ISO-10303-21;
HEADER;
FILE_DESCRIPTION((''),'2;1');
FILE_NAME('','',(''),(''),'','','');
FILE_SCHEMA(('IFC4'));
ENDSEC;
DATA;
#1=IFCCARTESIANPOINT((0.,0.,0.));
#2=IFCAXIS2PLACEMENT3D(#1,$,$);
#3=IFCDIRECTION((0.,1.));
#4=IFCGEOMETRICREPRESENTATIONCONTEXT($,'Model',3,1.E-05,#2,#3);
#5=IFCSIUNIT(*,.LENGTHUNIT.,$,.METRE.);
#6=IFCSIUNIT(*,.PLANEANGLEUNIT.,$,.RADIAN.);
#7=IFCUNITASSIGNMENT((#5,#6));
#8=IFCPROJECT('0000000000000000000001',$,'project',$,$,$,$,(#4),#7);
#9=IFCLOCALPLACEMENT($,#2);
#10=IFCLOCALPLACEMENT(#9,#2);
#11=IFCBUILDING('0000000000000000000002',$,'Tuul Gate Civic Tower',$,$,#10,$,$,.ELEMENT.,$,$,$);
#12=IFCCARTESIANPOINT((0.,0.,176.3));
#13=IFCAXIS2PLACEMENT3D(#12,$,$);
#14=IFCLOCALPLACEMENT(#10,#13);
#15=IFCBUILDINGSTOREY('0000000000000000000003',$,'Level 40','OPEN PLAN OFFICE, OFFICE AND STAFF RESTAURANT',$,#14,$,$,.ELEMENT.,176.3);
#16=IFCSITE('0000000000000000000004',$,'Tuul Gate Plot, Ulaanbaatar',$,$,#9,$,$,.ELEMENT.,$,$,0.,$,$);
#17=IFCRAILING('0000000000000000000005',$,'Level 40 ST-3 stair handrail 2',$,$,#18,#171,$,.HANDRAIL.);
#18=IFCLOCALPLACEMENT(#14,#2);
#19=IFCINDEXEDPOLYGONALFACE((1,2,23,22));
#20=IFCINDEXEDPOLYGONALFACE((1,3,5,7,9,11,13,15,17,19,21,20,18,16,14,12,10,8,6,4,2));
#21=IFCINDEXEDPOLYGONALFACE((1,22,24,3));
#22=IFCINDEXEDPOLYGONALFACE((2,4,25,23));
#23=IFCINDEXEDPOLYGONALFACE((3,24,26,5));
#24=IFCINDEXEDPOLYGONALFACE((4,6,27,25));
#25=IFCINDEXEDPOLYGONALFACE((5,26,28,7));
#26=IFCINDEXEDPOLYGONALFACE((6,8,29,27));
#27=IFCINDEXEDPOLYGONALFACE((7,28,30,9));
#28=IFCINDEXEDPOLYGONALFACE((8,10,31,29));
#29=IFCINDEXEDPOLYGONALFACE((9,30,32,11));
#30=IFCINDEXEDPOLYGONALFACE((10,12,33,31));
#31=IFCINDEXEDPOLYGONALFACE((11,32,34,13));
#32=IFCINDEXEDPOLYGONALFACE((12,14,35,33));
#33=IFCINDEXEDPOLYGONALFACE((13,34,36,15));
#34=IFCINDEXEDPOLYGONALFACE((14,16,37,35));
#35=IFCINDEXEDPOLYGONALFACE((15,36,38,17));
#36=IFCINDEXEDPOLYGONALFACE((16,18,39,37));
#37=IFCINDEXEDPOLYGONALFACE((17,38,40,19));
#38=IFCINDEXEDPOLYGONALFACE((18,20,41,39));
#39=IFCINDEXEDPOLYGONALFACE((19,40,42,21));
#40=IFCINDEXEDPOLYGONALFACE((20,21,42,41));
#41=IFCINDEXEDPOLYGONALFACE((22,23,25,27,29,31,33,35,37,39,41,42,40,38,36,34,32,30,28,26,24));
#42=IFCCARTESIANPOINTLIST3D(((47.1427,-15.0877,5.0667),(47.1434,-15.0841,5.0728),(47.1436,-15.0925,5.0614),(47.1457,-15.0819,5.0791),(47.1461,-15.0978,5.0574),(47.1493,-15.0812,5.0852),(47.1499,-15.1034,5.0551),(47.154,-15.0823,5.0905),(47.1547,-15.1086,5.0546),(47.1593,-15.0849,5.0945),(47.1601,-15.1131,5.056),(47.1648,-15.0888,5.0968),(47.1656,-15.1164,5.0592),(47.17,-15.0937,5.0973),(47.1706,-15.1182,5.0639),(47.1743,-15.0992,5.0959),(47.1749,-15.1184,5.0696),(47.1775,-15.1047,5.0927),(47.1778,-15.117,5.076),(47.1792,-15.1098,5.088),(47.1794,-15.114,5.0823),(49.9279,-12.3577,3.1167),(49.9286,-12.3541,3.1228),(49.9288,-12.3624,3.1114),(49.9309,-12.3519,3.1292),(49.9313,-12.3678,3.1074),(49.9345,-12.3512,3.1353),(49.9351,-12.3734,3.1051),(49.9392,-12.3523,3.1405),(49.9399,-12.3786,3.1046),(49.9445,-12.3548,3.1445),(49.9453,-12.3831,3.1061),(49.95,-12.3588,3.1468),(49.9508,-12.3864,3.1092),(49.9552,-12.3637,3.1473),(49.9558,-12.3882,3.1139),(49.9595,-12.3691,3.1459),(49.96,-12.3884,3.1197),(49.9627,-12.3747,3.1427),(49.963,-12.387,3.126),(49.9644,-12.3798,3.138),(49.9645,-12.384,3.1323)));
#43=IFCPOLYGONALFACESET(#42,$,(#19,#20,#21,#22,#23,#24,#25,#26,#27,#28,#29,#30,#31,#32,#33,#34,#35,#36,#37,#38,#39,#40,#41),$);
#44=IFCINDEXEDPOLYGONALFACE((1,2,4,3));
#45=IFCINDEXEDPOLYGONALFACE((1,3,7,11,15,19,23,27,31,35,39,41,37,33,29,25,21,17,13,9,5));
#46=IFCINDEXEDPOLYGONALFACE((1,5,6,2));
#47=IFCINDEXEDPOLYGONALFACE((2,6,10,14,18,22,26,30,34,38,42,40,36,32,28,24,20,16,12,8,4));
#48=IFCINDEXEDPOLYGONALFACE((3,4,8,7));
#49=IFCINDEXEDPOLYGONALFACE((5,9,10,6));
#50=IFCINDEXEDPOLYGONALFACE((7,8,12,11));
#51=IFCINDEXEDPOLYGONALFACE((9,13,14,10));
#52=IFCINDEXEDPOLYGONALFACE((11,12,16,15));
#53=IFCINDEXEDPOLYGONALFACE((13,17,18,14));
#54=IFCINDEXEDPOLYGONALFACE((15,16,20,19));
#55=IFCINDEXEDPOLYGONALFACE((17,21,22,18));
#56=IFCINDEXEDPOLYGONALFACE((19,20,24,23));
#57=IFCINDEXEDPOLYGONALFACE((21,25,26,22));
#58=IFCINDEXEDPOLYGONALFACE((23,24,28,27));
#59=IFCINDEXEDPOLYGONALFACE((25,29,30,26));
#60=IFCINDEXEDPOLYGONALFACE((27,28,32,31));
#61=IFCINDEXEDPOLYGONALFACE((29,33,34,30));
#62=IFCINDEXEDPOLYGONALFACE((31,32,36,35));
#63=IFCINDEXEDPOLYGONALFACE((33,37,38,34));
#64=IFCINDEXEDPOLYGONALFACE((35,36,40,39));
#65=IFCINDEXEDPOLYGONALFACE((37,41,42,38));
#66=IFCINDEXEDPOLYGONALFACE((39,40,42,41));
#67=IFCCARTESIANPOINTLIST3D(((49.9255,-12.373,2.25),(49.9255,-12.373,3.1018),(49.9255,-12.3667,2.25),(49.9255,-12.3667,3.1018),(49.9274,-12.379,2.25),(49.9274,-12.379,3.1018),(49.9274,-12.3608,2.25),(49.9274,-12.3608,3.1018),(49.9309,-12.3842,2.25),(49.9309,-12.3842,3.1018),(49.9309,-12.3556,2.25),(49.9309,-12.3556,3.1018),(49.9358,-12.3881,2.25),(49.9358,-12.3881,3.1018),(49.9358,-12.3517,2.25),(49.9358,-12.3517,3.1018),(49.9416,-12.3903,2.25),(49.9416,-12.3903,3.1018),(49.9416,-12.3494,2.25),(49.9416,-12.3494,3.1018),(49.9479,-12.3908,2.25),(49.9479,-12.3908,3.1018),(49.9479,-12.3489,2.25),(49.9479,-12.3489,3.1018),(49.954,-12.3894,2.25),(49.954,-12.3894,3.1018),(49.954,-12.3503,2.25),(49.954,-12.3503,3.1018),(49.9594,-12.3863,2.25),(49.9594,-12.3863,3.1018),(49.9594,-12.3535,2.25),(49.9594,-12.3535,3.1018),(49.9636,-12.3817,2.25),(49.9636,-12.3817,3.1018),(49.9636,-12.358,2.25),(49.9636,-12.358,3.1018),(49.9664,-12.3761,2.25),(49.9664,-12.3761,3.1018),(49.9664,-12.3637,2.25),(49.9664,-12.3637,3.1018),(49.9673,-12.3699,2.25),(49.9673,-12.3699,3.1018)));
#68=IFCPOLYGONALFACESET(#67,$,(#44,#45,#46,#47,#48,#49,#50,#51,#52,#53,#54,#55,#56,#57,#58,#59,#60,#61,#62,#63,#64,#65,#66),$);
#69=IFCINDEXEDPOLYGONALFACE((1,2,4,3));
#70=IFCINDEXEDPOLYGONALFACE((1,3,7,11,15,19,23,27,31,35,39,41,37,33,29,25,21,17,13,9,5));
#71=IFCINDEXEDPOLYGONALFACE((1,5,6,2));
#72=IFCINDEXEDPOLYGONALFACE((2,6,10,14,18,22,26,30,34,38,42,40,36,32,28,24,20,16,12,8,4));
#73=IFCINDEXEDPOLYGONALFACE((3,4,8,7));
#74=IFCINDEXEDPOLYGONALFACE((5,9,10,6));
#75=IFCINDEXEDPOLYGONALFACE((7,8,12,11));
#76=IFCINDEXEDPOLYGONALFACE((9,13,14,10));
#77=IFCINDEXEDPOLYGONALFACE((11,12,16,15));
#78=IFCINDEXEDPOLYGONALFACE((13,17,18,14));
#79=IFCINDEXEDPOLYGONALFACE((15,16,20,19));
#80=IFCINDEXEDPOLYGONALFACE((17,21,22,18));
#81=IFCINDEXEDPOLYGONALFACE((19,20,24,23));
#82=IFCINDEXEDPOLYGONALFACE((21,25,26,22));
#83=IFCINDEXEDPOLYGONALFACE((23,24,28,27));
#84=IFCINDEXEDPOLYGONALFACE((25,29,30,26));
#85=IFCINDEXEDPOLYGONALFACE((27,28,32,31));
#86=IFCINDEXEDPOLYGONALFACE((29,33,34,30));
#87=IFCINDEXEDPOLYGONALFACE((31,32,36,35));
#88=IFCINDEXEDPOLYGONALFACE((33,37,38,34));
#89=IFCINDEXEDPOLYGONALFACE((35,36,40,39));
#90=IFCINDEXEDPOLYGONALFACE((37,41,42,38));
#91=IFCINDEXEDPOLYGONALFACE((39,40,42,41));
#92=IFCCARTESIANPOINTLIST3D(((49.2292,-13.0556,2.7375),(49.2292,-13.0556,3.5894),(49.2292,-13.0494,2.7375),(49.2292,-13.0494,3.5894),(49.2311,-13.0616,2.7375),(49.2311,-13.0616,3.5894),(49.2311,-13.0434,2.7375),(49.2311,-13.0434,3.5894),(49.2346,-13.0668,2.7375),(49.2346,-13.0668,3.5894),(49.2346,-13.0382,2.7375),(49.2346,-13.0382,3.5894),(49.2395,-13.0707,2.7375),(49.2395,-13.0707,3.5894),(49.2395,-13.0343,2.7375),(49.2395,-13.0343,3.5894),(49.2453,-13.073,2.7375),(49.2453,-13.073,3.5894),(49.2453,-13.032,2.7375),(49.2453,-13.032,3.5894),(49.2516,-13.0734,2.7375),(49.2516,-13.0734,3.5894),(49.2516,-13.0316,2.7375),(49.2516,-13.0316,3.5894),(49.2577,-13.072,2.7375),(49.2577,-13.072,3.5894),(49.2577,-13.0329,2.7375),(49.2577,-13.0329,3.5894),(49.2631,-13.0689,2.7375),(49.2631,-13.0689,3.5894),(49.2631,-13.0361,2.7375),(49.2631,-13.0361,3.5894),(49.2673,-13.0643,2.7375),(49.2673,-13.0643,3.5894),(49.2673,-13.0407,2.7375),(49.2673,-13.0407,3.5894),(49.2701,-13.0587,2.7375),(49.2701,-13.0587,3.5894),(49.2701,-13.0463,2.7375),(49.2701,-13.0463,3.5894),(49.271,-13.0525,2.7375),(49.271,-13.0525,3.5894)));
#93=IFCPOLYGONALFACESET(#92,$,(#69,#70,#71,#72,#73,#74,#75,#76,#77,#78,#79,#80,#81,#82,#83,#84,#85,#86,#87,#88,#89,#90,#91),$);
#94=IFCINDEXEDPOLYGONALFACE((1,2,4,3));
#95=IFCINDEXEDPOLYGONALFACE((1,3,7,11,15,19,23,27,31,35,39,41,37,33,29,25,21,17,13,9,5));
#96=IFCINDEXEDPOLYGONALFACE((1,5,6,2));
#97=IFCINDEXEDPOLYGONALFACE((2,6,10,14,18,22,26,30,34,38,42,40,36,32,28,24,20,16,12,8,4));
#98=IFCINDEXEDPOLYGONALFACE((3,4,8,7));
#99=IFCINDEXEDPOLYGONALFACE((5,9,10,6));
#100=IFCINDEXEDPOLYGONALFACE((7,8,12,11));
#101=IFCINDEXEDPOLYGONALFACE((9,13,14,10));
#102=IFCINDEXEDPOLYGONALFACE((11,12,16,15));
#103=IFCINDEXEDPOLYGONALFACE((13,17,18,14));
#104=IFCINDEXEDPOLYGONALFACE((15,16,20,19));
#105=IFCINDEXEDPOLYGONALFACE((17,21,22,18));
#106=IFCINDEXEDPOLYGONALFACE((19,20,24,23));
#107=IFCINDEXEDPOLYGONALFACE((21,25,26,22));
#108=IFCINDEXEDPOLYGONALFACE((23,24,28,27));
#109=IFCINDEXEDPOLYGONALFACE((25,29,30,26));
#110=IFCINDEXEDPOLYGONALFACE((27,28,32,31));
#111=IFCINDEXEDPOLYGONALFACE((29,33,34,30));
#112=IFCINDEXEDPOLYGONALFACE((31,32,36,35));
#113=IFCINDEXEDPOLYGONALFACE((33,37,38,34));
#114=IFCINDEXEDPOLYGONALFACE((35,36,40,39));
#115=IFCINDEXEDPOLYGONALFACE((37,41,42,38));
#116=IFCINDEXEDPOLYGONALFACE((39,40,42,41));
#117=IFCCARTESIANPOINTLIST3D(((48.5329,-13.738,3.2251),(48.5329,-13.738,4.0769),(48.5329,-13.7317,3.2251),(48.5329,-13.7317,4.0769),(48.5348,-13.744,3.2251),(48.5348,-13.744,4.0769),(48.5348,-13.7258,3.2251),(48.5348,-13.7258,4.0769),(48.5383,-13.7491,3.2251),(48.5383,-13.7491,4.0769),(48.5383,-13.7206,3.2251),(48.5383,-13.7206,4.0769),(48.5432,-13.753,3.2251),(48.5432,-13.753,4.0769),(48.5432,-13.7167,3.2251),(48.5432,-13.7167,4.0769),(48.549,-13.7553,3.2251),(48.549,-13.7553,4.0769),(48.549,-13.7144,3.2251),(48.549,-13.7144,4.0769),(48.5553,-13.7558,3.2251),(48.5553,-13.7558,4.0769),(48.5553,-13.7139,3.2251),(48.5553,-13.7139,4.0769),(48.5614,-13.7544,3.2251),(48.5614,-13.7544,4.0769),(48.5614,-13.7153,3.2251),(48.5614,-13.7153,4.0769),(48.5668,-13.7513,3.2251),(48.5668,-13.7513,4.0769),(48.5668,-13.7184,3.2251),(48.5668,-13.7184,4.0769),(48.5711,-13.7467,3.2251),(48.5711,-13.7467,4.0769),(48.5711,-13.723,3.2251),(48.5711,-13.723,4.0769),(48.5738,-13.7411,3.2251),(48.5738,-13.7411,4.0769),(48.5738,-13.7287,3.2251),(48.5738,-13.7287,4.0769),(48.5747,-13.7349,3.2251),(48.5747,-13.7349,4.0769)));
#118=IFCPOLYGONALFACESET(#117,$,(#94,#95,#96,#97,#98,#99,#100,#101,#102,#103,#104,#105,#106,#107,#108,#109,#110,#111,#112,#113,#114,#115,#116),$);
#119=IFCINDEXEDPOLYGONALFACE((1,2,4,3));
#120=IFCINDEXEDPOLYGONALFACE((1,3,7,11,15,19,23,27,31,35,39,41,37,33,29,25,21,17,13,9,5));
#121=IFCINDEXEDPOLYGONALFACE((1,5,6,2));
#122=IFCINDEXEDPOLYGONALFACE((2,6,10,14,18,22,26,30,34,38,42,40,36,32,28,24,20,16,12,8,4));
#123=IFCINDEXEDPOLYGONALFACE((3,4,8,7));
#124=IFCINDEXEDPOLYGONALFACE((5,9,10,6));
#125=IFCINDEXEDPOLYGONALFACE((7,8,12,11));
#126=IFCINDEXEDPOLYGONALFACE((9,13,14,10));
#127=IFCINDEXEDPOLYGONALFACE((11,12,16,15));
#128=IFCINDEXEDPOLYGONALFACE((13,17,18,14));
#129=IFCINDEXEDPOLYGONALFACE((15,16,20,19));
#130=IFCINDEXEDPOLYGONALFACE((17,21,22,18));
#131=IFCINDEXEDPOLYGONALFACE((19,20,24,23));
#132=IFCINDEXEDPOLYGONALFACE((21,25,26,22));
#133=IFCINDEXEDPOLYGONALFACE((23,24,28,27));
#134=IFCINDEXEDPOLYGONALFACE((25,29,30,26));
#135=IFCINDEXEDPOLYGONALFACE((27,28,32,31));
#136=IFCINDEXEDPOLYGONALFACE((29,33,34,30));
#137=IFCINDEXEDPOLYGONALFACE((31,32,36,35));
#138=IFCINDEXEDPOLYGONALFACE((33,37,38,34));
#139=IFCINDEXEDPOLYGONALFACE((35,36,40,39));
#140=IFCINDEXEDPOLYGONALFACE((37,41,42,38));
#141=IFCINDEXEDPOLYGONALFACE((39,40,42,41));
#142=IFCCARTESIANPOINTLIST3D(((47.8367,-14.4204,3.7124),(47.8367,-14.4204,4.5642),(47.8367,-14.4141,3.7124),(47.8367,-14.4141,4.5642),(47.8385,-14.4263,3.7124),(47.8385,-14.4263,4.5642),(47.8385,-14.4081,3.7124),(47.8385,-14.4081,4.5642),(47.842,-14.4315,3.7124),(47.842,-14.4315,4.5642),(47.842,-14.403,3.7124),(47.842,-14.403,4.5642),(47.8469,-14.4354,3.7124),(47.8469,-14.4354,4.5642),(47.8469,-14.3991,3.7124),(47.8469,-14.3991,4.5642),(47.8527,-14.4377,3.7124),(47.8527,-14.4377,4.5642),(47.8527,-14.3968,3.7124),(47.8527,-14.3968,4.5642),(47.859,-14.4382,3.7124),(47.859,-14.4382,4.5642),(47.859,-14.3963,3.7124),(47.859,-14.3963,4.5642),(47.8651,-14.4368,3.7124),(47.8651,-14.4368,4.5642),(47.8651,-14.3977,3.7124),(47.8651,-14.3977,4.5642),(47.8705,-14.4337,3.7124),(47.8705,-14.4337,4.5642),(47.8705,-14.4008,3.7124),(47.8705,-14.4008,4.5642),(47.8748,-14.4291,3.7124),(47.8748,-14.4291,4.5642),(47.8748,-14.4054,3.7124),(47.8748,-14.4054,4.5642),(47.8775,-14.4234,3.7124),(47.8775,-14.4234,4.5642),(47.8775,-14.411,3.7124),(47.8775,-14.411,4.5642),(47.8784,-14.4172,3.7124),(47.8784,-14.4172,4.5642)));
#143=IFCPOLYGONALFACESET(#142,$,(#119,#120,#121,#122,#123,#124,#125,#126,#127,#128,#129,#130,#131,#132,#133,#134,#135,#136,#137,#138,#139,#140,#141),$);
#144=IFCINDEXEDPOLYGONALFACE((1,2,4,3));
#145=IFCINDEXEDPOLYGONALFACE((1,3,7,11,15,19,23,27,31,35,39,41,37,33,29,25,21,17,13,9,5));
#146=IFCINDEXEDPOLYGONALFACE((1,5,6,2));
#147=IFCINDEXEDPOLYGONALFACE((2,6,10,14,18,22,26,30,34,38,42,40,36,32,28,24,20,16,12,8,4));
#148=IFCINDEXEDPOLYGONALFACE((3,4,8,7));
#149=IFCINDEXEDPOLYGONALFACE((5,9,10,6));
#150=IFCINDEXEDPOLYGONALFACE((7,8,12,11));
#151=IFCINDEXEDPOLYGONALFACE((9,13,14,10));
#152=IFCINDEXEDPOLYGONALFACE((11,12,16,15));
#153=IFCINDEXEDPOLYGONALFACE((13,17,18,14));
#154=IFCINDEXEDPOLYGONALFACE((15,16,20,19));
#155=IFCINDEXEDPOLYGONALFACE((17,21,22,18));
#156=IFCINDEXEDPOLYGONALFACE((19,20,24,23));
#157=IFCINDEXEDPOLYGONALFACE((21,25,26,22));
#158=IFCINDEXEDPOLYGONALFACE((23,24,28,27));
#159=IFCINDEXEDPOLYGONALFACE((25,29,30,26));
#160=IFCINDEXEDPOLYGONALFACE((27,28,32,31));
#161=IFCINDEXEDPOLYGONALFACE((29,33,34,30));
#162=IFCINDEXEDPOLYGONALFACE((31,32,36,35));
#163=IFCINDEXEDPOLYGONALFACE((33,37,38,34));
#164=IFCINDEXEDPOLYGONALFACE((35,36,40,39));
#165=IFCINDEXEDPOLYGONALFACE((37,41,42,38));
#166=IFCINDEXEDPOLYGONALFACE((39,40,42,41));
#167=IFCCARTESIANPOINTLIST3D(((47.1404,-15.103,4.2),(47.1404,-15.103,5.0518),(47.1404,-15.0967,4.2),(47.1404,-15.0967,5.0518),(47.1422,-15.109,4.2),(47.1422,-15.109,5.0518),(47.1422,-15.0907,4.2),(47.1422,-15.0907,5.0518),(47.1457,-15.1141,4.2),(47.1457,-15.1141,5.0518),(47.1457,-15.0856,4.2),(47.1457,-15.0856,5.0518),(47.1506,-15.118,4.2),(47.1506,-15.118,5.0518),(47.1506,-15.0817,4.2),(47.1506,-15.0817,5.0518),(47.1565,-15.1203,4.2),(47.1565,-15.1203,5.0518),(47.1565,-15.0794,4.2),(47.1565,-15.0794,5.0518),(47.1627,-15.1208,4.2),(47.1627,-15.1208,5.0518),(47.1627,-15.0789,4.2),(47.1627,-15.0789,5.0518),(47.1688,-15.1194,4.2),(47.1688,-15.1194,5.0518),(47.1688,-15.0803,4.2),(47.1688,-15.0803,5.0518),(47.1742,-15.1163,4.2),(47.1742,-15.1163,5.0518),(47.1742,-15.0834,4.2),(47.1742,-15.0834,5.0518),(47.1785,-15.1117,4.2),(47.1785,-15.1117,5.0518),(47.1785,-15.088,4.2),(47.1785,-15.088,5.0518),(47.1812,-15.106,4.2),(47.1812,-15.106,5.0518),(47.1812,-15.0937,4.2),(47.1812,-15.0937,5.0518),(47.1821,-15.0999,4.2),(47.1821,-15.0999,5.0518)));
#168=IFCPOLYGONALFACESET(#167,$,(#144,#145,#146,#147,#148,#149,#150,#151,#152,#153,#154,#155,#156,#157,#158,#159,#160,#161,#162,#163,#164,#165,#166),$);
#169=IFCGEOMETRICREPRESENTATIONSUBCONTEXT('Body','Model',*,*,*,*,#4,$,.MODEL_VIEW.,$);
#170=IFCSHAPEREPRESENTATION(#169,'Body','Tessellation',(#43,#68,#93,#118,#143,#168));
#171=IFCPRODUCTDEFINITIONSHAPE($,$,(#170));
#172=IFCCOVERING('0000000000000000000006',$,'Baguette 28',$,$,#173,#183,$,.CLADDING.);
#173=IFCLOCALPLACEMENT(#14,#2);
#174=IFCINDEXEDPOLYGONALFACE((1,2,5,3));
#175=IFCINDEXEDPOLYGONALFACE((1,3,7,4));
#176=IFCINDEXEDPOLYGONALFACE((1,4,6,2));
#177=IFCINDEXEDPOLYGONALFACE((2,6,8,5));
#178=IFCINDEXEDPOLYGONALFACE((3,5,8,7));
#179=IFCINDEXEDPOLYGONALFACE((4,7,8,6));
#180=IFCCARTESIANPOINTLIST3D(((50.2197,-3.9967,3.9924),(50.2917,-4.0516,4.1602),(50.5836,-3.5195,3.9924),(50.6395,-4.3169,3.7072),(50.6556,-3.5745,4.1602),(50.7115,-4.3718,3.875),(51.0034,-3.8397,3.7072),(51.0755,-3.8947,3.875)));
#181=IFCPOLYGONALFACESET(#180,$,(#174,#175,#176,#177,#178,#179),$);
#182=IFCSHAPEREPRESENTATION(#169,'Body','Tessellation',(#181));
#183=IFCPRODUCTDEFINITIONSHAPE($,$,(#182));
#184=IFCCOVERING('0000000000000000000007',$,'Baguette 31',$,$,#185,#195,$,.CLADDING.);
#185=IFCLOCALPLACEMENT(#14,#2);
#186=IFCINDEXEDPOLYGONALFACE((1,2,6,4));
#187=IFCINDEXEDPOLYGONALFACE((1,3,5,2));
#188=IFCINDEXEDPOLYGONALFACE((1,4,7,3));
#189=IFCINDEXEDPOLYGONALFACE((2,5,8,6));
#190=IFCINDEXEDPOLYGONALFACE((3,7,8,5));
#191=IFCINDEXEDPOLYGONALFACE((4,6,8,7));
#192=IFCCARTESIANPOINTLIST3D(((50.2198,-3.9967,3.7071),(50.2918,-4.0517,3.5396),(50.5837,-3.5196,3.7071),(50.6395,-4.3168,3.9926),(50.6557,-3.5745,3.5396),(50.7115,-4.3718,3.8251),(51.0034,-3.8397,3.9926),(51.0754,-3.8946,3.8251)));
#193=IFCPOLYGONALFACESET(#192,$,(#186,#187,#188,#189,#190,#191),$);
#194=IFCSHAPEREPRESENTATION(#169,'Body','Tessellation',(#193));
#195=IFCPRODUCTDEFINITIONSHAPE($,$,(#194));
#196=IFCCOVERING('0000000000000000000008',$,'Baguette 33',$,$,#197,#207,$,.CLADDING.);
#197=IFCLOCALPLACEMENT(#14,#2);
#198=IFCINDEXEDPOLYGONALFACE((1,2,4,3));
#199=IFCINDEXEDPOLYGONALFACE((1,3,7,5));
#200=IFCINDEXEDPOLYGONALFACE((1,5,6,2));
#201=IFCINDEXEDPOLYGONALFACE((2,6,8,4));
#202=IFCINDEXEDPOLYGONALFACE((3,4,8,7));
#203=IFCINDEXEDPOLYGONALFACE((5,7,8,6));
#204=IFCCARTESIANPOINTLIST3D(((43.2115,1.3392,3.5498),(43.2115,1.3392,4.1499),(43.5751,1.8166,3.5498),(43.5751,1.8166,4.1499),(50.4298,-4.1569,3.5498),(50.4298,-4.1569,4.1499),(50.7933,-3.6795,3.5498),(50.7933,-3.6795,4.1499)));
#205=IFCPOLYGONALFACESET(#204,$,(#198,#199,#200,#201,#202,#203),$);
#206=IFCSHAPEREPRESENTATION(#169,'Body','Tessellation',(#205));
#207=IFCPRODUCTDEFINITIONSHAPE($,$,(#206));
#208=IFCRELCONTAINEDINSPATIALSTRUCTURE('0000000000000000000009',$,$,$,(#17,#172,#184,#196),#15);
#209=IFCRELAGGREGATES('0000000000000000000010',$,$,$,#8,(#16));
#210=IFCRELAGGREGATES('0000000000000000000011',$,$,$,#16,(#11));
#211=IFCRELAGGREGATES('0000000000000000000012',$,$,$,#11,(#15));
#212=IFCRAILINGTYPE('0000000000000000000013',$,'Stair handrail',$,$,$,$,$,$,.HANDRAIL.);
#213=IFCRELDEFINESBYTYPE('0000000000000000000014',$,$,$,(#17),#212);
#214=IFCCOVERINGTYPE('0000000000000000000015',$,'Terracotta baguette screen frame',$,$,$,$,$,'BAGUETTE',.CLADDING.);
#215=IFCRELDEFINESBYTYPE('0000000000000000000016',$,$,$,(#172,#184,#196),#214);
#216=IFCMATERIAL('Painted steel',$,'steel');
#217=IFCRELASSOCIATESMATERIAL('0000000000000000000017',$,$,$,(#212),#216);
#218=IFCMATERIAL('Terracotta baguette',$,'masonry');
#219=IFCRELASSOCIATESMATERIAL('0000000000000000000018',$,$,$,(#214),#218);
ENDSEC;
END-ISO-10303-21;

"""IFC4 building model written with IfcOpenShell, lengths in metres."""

from ifc_helpers import new_model, si_unit, direction, frame, origin, origin_2d, place, context, subcontext, project, spatial, rectangle, circle, extrude, material, material_profile, profile_set, type_object, element, save


model = new_model("IFC4")

# Units and contexts
model_context = context("Model", 3, precision=1e-05, world=origin(), true_north=direction((0.0, 1.0)))
body_context = subcontext(model_context, "Body", "Model", "MODEL_VIEW")
ifc_project = project(units=[si_unit("LENGTHUNIT", "METRE"), si_unit("PLANEANGLEUNIT", "RADIAN")], contexts=[model_context])

# Site, building, storey
site_placement = place(None, origin())
site = spatial("IfcSite", under=ifc_project, at=site_placement, Name="Tuul Gate Plot, Ulaanbaatar", CompositionType="ELEMENT", RefElevation=0.0)
building_placement = place(site_placement, origin())
building = spatial("IfcBuilding", under=site, at=building_placement, Name="Tuul Gate Civic Tower", CompositionType="ELEMENT")
storey_placement = place(building_placement, frame((0.0, 0.0, 176.3)))
storey = spatial("IfcBuildingStorey", under=building, at=storey_placement, Name="Level 40", Description="OPEN PLAN OFFICE, OFFICE AND STAFF RESTAURANT", CompositionType="ELEMENT", Elevation=176.3)

# Railing
ifc_material_1 = material(Name="Painted steel", Category="steel")
railing_type = type_object("IfcRailingType", Name="Stair handrail", PredefinedType="HANDRAIL", material=ifc_material_1)
railing_1_placement = place(storey_placement, frame((49.9463, -12.3699, 2.25)))
element("IfcRailing", 1, at=railing_1_placement, inside=storey, type_object=railing_type, Name="Level 40 ST-3 stair handrail 2", PredefinedType="HANDRAIL", context=body_context, shape_type="SweptSolid", body=[
    extrude(circle(Radius=0.0239, at=origin_2d()), frame((0.0, 0.0, 0.876), z_axis=(-0.638754, -0.6261, 0.447206), x_axis=(0.699998, -0.714145, 0.0)), (0.0, 0.0, 1.0), 4.3604),
    extrude(circle(Radius=0.021, at=origin_2d()), origin(), (0.0, 0.0, 1.0), 0.8518),
    extrude(circle(Radius=0.021, at=origin_2d()), frame((-0.6963, -0.6826, 0.4875)), (0.0, 0.0, 1.0), 0.8518),
    extrude(circle(Radius=0.021, at=origin_2d()), frame((-1.3926, -1.365, 0.9751)), (0.0, 0.0, 1.0), 0.8518),
    extrude(circle(Radius=0.021, at=origin_2d()), frame((-2.0889, -2.0474, 1.4624)), (0.0, 0.0, 1.0), 0.8518),
    extrude(circle(Radius=0.021, at=origin_2d()), frame((-2.7852, -2.73, 1.95)), (0.0, 0.0, 1.0), 0.8518),
])

# Coverings
ifc_material_2 = material(Name="Terracotta baguette", Category="masonry")
ifc_material_profile_1 = material_profile(ifc_material_2, rectangle(XDim=0.6001, YDim=0.6001, at=origin_2d()), Name="Terracotta baguette screen frame")
ifc_profile_set_1 = profile_set([ifc_material_profile_1], Name="Terracotta baguette")
covering_type = type_object("IfcCoveringType", Name="Terracotta baguette screen frame", ElementType="BAGUETTE", PredefinedType="CLADDING", material=ifc_profile_set_1)
covering_1_placement = place(storey_placement, frame((50.6836, -3.9731, 4.0176), z_axis=(-0.377827, 0.288173, -0.879888), x_axis=(-0.606449, -0.795122, 0.0)))
element("IfcCovering", 2, at=covering_1_placement, inside=storey, type_object=covering_type, Name="Baguette 28", PredefinedType="CLADDING", context=body_context, shape_type="SweptSolid", body=[
    extrude(rectangle(XDim=0.6001, YDim=0.6001, at=origin_2d()), origin(), (0.0, 0.0, 1.0), 0.1907),
])
covering_2_placement = place(storey_placement, frame((50.6116, -3.9182, 3.8499), z_axis=(0.378253, -0.288498, -0.879599), x_axis=(0.606449, 0.795122, 0.0)))
element("IfcCovering", 3, at=covering_2_placement, inside=storey, type_object=covering_type, Name="Baguette 31", PredefinedType="CLADDING", context=body_context, shape_type="SweptSolid", body=[
    extrude(rectangle(XDim=0.6001, YDim=0.6001, at=origin_2d()), origin(), (0.0, 0.0, 1.0), 0.1904),
])
covering_3_placement = place(storey_placement, frame((50.6116, -3.9182, 3.8499), z_axis=(-0.795619, 0.605797, 0.0), x_axis=(-0.605797, -0.795619, 0.0)))
element("IfcCovering", 4, at=covering_3_placement, inside=storey, type_object=covering_type, Name="Baguette 33", PredefinedType="CLADDING", context=body_context, shape_type="SweptSolid", body=[
    extrude(rectangle(XDim=0.6001, YDim=0.6001, at=origin_2d()), origin(), (0.0, 0.0, 1.0), 9.0725),
])

save(model, "model.ifc")
